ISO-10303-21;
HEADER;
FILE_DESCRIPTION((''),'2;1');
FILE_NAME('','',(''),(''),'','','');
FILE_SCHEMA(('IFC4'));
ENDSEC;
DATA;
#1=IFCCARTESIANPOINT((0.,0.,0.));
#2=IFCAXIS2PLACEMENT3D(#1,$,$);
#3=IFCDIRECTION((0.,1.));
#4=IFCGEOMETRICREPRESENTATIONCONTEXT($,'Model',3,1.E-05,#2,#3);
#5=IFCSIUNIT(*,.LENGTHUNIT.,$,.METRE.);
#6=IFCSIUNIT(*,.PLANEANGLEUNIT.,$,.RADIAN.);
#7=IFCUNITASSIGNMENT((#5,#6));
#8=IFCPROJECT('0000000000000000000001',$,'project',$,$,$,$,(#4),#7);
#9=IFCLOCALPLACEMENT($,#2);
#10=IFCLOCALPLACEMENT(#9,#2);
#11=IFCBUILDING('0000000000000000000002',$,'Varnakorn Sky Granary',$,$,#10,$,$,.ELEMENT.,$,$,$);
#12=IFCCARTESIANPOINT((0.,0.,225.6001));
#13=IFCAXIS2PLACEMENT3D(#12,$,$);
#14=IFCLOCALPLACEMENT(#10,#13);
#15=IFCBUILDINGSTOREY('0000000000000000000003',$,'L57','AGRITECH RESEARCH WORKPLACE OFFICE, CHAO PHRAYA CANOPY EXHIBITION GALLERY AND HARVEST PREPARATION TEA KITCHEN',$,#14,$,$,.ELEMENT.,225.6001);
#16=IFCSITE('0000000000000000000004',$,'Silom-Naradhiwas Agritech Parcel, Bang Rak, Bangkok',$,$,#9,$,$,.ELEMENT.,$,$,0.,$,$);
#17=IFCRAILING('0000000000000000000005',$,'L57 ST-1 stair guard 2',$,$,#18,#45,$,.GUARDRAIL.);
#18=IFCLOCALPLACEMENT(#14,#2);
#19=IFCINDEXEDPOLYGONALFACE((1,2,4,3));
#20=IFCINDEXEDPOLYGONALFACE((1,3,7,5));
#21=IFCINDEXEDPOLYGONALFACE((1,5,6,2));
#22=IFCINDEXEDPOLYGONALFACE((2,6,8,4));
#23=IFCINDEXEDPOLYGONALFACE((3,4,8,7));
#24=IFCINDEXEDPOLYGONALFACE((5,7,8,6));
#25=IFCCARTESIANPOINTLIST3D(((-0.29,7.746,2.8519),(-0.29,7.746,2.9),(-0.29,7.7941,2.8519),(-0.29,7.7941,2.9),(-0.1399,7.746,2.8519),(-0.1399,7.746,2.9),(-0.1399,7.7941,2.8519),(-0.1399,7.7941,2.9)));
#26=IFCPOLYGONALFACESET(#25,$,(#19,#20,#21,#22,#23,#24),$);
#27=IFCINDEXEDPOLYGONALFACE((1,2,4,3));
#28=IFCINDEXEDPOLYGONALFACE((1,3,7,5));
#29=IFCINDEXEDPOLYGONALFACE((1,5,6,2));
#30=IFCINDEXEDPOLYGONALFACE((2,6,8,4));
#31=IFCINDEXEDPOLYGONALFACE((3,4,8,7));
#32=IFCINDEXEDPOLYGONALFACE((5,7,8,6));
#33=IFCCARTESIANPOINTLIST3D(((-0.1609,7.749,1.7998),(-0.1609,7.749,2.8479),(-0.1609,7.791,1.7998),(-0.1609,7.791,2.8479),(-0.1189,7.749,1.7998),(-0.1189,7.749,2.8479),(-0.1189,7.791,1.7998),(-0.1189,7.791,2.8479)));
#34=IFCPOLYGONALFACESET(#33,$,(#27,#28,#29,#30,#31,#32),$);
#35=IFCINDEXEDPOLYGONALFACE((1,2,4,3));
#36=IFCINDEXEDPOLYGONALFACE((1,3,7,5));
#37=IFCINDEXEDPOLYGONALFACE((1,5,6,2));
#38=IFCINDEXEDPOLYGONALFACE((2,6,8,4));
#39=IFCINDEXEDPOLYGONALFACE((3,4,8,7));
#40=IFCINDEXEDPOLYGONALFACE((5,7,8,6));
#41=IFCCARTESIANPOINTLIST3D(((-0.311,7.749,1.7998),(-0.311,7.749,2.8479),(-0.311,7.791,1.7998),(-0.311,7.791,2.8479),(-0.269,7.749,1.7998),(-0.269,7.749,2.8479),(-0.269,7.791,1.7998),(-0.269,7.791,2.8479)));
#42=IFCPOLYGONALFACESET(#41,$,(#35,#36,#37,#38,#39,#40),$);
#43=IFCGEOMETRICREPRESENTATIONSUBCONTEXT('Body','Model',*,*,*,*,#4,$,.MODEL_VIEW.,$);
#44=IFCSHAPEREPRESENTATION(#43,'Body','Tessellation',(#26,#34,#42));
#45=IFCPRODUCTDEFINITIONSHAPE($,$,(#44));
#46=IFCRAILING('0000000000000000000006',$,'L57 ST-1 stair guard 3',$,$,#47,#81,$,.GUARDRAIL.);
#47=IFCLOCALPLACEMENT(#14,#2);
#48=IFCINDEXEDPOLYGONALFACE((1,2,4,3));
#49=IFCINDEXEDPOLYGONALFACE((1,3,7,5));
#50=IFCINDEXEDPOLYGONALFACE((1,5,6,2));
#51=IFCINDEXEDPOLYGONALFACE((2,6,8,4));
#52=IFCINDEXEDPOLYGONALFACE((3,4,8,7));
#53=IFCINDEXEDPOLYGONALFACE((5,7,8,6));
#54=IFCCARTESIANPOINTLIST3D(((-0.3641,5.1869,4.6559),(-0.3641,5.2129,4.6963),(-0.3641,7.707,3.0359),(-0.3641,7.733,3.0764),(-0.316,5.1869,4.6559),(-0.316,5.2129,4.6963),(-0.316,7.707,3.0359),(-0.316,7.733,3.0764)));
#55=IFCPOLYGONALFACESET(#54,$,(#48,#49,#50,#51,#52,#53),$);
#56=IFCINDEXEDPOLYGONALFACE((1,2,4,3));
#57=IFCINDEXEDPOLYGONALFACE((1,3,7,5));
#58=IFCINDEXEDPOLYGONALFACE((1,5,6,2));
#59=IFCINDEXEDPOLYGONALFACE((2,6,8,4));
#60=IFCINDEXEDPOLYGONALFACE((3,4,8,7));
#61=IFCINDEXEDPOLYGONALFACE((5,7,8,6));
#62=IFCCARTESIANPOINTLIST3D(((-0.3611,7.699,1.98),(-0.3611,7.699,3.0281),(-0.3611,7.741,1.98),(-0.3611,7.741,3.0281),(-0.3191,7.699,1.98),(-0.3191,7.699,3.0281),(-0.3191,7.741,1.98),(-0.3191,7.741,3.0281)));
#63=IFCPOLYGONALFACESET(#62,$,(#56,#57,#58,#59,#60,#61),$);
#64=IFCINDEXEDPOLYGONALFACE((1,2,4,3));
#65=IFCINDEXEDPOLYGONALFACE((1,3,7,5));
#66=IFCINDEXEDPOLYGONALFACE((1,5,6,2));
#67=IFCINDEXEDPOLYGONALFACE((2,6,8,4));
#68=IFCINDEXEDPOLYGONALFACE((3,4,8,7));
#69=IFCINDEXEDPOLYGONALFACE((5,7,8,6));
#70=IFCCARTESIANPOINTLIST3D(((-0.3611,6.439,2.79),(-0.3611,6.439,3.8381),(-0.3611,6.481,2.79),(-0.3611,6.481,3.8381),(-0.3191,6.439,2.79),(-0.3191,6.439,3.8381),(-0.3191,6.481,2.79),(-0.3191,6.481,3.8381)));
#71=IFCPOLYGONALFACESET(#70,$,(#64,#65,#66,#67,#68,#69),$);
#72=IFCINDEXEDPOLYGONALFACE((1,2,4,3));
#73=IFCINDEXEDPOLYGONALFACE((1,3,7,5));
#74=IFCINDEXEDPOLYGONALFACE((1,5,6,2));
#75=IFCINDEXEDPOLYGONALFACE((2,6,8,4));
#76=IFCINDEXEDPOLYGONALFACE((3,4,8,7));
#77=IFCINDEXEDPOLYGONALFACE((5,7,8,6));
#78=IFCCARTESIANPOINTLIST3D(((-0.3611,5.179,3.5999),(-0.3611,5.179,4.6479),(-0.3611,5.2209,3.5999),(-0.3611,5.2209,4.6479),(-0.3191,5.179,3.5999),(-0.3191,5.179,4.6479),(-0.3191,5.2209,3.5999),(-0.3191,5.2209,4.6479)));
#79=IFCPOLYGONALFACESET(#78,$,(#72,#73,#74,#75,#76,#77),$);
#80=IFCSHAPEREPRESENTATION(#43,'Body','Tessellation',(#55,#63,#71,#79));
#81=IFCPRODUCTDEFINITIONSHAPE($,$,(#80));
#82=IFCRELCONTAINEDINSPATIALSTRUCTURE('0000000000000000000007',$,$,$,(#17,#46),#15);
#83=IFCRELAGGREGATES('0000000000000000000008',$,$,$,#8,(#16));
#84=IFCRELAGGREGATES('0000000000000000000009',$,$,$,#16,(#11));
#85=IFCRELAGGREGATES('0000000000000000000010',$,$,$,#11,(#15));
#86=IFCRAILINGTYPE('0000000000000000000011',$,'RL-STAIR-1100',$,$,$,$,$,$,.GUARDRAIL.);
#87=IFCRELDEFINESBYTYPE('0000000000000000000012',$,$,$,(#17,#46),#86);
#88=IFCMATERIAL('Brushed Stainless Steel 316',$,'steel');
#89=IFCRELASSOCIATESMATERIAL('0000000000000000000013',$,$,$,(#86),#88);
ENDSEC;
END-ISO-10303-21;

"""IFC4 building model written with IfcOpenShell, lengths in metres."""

from ifc_helpers import new_model, si_unit, direction, frame, origin, origin_2d, place, context, subcontext, project, spatial, rectangle, extrude, material, type_object, element, save


model = new_model("IFC4")

# Units and contexts
model_context = context("Model", 3, precision=1e-05, world=origin(), true_north=direction((0.0, 1.0)))
body_context = subcontext(model_context, "Body", "Model", "MODEL_VIEW")
ifc_project = project(units=[si_unit("LENGTHUNIT", "METRE"), si_unit("PLANEANGLEUNIT", "RADIAN")], contexts=[model_context])

# Site, building, storey
site_placement = place(None, origin())
site = spatial("IfcSite", under=ifc_project, at=site_placement, Name="Silom-Naradhiwas Agritech Parcel, Bang Rak, Bangkok", CompositionType="ELEMENT", RefElevation=0.0)
building_placement = place(site_placement, origin())
building = spatial("IfcBuilding", under=site, at=building_placement, Name="Varnakorn Sky Granary", CompositionType="ELEMENT")
storey_placement = place(building_placement, frame((0.0, 0.0, 225.6001)))
storey = spatial("IfcBuildingStorey", under=building, at=storey_placement, Name="L57", Description="AGRITECH RESEARCH WORKPLACE OFFICE, CHAO PHRAYA CANOPY EXHIBITION GALLERY AND HARVEST PREPARATION TEA KITCHEN", CompositionType="ELEMENT", Elevation=225.6001)

# Railings
ifc_material_1 = material(Name="Brushed Stainless Steel 316", Category="steel")
railing_type = type_object("IfcRailingType", Name="RL-STAIR-1100", PredefinedType="GUARDRAIL", material=ifc_material_1)
railing_1_placement = place(storey_placement, frame((-0.1399, 7.77, 1.7998)))
element("IfcRailing", 1, at=railing_1_placement, inside=storey, type_object=railing_type, Name="L57 ST-1 stair guard 2", PredefinedType="GUARDRAIL", context=body_context, shape_type="SweptSolid", body=[
    extrude(rectangle(XDim=0.0481, YDim=0.0481, at=origin_2d()), frame((0.0, 0.0, 1.0762), z_axis=(-1.0, 0.0, 0.0), x_axis=(0.0, -1.0, 0.0)), (0.0, 0.0, 1.0), 0.1501),
    extrude(rectangle(XDim=0.042, YDim=0.042, at=origin_2d()), origin(), (0.0, 0.0, 1.0), 1.0481),
    extrude(rectangle(XDim=0.042, YDim=0.042, at=origin_2d()), frame((-0.1501, 0.0, 0.0)), (0.0, 0.0, 1.0), 1.0481),
])
railing_2_placement = place(storey_placement, frame((-0.3401, 7.72, 1.98)))
element("IfcRailing", 2, at=railing_2_placement, inside=storey, type_object=railing_type, Name="L57 ST-1 stair guard 3", PredefinedType="GUARDRAIL", context=body_context, shape_type="SweptSolid", body=[
    extrude(rectangle(XDim=0.0481, YDim=0.0481, at=origin_2d()), frame((0.0, 0.0, 1.0762), z_axis=(0.0, -0.8412, 0.540725), x_axis=(1.0, 0.0, 0.0)), (0.0, 0.0, 1.0), 2.9958),
    extrude(rectangle(XDim=0.042, YDim=0.042, at=origin_2d()), origin(), (0.0, 0.0, 1.0), 1.0481),
    extrude(rectangle(XDim=0.042, YDim=0.042, at=origin_2d()), frame((0.0, -1.26, 0.8101)), (0.0, 0.0, 1.0), 1.0481),
    extrude(rectangle(XDim=0.042, YDim=0.042, at=origin_2d()), frame((0.0, -2.52, 1.6199)), (0.0, 0.0, 1.0), 1.0481),
])

save(model, "model.ifc")
